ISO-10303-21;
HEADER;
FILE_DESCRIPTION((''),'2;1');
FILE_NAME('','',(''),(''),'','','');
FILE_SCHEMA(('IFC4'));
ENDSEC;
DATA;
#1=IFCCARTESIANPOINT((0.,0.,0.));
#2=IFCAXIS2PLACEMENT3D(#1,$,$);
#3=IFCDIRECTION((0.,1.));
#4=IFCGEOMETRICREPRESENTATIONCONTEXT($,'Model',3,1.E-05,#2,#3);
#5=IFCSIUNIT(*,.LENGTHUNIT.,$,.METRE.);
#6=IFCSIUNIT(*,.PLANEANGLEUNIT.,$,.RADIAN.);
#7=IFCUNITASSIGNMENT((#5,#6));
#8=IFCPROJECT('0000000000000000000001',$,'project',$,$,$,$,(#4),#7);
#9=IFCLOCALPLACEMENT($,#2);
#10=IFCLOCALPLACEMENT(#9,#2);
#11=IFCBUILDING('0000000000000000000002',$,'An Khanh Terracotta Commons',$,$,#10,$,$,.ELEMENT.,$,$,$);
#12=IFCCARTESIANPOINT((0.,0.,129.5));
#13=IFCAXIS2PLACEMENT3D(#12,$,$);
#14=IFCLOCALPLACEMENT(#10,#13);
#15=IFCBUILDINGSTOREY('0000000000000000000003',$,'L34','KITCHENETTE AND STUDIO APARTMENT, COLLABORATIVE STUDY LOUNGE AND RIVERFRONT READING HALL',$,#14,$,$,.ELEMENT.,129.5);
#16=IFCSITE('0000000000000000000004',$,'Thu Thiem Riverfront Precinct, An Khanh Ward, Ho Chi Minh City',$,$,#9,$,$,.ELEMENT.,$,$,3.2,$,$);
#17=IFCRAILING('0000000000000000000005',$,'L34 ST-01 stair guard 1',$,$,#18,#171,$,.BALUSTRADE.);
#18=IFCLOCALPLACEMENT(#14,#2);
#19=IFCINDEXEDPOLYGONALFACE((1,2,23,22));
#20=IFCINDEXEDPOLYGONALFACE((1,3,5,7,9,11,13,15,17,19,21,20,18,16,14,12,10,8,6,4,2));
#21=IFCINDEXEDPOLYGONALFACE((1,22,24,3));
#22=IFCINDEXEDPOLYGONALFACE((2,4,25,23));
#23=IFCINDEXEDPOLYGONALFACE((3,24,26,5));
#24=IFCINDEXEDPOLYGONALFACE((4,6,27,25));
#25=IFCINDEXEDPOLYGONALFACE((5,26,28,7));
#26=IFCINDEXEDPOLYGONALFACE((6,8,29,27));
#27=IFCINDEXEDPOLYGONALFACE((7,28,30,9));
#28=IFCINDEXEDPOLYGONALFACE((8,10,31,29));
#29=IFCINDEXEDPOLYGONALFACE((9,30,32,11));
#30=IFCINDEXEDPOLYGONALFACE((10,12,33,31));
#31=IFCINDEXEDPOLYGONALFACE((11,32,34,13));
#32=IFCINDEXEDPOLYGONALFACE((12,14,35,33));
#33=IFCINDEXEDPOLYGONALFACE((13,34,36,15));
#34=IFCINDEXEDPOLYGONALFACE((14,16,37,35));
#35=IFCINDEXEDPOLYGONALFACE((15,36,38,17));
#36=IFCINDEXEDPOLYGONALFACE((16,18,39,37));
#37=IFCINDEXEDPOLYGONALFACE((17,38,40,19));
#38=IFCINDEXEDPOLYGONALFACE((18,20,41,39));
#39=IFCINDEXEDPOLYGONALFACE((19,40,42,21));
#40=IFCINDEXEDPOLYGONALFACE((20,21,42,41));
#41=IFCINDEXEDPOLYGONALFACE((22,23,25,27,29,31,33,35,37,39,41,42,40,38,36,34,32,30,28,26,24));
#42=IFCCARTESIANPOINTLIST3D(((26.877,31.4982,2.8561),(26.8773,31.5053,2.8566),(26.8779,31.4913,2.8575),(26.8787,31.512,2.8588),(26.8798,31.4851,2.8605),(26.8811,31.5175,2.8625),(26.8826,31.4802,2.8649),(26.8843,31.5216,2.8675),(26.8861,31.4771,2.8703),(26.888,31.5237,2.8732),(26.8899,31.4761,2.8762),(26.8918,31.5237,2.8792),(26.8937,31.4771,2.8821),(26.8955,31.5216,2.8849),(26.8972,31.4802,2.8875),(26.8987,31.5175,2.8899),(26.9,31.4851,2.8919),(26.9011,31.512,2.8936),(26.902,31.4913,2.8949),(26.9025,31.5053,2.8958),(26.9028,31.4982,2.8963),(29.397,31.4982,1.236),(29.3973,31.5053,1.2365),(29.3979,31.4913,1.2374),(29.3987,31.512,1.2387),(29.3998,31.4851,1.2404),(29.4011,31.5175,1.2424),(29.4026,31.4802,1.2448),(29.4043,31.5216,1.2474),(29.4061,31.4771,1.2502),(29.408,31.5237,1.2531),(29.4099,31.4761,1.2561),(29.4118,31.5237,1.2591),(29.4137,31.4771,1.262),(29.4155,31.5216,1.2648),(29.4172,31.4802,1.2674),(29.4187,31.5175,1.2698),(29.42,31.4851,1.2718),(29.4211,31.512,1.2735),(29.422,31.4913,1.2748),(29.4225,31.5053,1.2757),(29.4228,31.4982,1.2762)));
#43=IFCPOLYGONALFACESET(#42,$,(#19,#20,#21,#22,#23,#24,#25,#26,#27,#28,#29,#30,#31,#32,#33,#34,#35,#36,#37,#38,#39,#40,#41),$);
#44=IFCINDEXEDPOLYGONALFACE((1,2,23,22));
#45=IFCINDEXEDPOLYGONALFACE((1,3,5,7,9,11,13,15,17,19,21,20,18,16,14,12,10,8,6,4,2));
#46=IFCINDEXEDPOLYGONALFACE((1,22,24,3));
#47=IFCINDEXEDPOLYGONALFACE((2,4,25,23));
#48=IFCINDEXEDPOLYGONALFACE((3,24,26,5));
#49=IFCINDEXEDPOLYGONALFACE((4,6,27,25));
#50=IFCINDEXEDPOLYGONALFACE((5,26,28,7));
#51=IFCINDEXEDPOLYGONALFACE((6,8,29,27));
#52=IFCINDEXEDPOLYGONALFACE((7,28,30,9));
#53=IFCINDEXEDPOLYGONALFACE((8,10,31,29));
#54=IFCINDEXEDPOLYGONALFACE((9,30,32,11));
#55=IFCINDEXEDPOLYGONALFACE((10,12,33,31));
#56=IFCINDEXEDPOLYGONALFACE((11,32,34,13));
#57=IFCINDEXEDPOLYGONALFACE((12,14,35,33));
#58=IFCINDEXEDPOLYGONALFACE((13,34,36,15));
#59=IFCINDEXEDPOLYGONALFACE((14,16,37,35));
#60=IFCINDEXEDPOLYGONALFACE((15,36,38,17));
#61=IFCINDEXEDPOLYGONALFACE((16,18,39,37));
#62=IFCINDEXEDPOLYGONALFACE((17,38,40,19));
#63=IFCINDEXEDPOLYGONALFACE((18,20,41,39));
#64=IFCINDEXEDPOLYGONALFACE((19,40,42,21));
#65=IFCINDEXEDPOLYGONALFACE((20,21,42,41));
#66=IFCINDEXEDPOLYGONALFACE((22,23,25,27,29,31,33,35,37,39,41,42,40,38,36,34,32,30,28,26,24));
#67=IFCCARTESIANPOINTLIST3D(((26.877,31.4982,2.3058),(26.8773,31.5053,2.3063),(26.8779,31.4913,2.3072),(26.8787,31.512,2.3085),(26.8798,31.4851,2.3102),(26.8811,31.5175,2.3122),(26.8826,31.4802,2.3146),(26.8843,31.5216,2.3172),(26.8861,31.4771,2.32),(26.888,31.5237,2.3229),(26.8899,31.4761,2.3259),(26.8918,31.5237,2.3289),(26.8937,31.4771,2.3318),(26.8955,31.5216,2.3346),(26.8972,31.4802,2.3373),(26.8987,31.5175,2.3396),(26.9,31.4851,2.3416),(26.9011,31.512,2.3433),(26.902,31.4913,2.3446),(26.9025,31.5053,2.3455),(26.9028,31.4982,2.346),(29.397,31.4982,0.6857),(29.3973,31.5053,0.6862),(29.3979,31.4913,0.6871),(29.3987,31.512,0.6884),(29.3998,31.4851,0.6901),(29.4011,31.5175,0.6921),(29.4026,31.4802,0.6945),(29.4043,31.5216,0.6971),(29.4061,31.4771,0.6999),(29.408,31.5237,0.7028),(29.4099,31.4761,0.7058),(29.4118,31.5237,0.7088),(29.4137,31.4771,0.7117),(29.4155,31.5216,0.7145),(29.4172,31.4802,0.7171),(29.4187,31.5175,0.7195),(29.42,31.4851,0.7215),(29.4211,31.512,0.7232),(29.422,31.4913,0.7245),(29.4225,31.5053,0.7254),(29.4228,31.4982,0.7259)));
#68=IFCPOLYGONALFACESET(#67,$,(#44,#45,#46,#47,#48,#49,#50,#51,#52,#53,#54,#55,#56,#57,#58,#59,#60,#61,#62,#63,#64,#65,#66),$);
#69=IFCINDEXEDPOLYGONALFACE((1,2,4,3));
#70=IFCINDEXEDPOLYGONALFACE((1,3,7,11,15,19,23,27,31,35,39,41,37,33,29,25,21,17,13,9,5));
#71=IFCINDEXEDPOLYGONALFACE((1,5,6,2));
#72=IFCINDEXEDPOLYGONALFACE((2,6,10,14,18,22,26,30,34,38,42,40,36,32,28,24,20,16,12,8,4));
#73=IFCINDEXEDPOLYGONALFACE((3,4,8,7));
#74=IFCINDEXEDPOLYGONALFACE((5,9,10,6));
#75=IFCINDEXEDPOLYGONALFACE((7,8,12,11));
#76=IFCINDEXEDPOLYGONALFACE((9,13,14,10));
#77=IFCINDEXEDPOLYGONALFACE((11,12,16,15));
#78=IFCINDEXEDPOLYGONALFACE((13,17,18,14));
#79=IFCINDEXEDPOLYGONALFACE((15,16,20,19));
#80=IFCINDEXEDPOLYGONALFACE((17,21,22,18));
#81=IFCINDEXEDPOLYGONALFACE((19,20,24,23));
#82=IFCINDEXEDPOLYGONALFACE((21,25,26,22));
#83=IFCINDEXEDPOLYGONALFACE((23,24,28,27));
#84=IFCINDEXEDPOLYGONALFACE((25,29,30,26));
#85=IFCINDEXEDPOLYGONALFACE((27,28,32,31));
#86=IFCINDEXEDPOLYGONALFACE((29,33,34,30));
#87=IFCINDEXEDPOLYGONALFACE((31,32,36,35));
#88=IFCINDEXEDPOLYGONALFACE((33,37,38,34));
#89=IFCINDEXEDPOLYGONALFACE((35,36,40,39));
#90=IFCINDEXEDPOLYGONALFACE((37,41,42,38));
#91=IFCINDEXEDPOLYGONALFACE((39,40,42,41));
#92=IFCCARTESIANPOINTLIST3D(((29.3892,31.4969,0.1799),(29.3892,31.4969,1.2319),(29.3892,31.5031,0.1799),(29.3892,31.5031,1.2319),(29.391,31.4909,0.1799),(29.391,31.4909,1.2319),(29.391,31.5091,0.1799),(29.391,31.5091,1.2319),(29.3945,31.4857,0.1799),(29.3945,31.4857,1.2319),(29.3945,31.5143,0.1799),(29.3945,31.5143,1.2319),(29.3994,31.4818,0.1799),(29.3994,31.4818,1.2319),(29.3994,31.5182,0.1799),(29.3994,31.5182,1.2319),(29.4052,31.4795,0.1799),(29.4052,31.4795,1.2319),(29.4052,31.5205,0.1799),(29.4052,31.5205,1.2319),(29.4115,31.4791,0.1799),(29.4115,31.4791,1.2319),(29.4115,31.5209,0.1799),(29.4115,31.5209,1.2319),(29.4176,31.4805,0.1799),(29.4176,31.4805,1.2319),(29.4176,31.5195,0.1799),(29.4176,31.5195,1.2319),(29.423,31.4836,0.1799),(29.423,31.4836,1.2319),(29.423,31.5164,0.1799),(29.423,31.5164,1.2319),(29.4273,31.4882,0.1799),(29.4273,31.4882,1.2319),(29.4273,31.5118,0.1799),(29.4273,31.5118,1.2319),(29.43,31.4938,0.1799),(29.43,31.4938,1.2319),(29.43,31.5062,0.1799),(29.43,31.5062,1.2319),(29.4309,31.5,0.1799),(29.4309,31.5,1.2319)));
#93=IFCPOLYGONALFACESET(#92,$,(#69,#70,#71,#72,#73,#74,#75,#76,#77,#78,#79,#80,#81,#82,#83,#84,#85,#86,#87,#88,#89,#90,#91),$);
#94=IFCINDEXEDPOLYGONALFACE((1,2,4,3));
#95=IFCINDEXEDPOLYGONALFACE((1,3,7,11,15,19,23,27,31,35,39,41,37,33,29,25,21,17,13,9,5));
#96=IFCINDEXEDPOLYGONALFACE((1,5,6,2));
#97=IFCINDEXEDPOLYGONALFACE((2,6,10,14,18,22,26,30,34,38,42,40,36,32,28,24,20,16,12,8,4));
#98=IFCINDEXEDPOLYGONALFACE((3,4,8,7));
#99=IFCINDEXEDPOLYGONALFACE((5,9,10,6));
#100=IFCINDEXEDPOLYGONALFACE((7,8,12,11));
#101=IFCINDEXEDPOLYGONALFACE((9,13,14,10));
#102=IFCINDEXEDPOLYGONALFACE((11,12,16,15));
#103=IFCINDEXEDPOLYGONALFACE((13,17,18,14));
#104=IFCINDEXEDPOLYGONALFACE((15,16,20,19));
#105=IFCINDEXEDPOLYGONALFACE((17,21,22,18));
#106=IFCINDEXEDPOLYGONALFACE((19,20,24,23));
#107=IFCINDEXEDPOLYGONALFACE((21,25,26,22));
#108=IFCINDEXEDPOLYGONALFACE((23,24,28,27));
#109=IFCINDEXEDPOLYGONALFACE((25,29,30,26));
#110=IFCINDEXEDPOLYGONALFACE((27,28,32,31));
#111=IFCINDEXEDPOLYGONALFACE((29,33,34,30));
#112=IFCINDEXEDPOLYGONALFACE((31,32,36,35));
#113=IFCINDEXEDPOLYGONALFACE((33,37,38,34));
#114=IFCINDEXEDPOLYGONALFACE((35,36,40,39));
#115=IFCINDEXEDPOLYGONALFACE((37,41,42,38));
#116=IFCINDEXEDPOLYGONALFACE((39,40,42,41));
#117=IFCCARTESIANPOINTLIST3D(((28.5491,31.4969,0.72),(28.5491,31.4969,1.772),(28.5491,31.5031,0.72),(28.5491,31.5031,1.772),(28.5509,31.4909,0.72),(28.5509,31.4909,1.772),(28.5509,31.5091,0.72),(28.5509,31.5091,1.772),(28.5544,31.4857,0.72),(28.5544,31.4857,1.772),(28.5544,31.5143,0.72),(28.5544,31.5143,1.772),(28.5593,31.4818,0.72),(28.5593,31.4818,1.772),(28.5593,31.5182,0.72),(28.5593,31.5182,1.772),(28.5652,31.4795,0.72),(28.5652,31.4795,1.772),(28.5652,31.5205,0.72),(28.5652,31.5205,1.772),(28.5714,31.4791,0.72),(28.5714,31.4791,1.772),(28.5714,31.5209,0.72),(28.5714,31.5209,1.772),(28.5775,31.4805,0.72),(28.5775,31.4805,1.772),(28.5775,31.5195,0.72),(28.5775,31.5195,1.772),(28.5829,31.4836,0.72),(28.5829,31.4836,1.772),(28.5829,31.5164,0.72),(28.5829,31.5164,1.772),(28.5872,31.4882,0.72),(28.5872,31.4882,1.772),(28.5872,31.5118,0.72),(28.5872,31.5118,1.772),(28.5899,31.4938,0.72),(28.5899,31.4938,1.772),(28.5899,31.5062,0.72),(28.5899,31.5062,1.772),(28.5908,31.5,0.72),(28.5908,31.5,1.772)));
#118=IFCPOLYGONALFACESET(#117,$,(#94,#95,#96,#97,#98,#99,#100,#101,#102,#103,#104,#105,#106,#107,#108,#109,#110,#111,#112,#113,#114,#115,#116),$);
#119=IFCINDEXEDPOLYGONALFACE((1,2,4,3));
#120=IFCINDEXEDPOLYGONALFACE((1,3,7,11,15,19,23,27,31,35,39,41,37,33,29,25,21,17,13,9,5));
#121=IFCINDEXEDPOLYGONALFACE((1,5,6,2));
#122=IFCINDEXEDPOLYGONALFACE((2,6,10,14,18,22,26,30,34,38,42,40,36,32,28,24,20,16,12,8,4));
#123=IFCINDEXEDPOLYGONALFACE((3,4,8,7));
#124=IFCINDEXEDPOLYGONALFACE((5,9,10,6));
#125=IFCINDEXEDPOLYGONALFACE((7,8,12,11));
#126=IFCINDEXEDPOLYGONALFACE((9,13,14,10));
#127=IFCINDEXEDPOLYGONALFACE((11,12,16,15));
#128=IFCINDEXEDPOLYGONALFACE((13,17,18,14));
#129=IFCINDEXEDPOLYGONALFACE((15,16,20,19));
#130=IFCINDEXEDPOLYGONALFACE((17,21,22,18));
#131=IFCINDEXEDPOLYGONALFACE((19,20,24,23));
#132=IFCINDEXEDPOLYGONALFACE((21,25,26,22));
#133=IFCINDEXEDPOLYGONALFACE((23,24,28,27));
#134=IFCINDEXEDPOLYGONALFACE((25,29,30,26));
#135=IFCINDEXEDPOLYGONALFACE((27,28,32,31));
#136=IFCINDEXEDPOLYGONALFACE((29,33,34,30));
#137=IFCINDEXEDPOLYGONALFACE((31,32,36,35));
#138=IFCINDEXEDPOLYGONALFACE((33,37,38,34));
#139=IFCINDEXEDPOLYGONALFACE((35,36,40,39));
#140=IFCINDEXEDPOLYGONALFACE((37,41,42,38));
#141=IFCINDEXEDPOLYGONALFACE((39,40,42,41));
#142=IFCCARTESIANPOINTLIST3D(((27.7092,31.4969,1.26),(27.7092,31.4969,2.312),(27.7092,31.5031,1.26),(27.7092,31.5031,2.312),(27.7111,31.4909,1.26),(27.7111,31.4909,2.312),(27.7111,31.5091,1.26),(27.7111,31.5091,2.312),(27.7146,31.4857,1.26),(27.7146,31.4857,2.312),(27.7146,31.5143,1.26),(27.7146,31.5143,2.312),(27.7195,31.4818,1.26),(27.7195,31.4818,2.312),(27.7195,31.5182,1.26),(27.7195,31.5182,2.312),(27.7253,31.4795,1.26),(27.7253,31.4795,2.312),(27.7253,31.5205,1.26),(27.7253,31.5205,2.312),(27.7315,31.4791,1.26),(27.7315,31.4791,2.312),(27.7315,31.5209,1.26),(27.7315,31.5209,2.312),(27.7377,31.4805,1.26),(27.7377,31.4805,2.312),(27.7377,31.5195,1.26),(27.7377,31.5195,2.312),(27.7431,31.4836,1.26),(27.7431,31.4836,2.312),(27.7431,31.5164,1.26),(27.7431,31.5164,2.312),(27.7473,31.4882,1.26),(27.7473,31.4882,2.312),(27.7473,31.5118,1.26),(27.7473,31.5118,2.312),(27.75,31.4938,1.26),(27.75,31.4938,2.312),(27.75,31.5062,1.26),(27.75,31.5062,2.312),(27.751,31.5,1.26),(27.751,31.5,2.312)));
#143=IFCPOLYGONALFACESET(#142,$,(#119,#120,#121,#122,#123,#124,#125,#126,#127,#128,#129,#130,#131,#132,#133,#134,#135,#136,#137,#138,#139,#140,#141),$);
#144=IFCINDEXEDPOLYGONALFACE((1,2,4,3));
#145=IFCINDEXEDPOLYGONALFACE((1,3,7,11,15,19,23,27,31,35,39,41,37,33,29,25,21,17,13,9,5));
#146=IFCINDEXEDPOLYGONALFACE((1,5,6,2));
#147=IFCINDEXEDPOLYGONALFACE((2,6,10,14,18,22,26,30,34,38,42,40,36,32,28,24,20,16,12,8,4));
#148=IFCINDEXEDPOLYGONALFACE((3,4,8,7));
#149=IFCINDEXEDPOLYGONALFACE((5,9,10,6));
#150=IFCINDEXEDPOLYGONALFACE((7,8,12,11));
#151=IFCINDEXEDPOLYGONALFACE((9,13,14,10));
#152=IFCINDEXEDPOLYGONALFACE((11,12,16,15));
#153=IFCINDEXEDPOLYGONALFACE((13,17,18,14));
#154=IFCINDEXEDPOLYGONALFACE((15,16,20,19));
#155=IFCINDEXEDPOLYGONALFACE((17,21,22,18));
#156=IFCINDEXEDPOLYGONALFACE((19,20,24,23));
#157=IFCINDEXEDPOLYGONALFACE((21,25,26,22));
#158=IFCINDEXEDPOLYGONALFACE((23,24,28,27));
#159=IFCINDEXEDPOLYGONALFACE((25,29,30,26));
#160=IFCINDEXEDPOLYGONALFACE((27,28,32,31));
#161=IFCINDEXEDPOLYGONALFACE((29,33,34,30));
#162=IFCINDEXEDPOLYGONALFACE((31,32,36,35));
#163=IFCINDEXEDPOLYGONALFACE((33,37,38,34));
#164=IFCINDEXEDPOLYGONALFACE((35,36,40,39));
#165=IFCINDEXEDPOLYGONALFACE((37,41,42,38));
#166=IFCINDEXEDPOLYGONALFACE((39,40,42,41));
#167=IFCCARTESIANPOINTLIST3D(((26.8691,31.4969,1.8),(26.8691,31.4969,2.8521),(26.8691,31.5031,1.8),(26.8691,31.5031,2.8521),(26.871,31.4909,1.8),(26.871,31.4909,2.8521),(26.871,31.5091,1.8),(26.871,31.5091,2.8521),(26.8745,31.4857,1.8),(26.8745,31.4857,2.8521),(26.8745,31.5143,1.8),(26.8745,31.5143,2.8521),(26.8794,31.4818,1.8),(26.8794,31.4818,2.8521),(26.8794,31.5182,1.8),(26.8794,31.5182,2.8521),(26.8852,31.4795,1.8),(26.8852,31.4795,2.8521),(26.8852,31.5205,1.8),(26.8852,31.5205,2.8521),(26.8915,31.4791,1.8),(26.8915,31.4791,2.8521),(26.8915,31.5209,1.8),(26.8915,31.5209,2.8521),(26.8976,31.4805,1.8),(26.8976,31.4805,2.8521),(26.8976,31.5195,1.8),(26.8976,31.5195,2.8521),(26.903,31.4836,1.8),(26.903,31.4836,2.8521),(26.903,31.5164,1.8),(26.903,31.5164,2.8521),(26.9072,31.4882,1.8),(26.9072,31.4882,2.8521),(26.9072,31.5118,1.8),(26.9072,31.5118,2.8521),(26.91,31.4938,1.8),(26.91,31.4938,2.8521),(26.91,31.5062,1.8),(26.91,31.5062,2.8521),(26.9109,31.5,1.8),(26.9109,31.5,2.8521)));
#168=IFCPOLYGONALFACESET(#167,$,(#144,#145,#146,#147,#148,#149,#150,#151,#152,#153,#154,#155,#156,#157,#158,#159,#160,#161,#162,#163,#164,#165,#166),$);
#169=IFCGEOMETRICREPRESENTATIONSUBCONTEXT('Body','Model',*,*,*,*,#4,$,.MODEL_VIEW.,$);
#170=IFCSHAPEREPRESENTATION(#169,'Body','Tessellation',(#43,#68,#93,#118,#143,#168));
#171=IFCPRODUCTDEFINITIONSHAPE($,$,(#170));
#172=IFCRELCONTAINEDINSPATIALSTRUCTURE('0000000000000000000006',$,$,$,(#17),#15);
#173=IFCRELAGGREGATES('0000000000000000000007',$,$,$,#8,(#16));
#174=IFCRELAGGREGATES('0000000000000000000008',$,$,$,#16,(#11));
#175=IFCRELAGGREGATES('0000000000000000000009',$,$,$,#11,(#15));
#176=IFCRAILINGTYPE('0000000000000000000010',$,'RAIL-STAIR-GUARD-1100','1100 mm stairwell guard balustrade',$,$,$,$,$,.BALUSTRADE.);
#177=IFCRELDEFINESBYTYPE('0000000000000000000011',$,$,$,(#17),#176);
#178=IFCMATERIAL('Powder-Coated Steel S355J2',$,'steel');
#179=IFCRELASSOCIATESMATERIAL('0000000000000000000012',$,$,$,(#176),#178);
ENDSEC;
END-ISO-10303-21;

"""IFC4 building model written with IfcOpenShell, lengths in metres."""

from ifc_helpers import new_model, si_unit, direction, frame, origin, origin_2d, place, context, subcontext, project, spatial, circle, extrude, material, type_object, element, save


model = new_model("IFC4")

# Units and contexts
model_context = context("Model", 3, precision=1e-05, world=origin(), true_north=direction((0.0, 1.0)))
body_context = subcontext(model_context, "Body", "Model", "MODEL_VIEW")
ifc_project = project(units=[si_unit("LENGTHUNIT", "METRE"), si_unit("PLANEANGLEUNIT", "RADIAN")], contexts=[model_context])

# Site, building, storey
site_placement = place(None, origin())
site = spatial("IfcSite", under=ifc_project, at=site_placement, Name="Thu Thiem Riverfront Precinct, An Khanh Ward, Ho Chi Minh City", CompositionType="ELEMENT", RefElevation=3.2)
building_placement = place(site_placement, origin())
building = spatial("IfcBuilding", under=site, at=building_placement, Name="An Khanh Terracotta Commons", CompositionType="ELEMENT")
storey_placement = place(building_placement, frame((0.0, 0.0, 129.5)))
storey = spatial("IfcBuildingStorey", under=building, at=storey_placement, Name="L34", Description="KITCHENETTE AND STUDIO APARTMENT, COLLABORATIVE STUDY LOUNGE AND RIVERFRONT READING HALL", CompositionType="ELEMENT", Elevation=129.5)

# Railing
ifc_material_1 = material(Name="Powder-Coated Steel S355J2", Category="steel")
railing_type_1 = type_object("IfcRailingType", Name="RAIL-STAIR-GUARD-1100", Description="1100 mm stairwell guard balustrade", PredefinedType="BALUSTRADE", material=ifc_material_1)
railing_1_placement = place(storey_placement, frame((29.4099, 31.5, 0.1799)))
element("IfcRailing", 1, at=railing_1_placement, inside=storey, type_object=railing_type_1, Name="L34 ST-01 stair guard 1", PredefinedType="BALUSTRADE", context=body_context, shape_type="SweptSolid", body=[
    extrude(circle(Radius=0.0239, at=origin_2d()), frame((0.0, 0.0, 1.0762), z_axis=(-0.841163, 0.0, 0.540782), x_axis=(0.0, -1.0, 0.0)), (0.0, 0.0, 1.0), 2.9958),
    extrude(circle(Radius=0.0239, at=origin_2d()), frame((0.0, 0.0, 0.5259), z_axis=(-0.841163, 0.0, 0.540782), x_axis=(0.0, -1.0, 0.0)), (0.0, 0.0, 1.0), 2.9958),
    extrude(circle(Radius=0.021, at=origin_2d()), origin(), (0.0, 0.0, 1.0), 1.052),
    extrude(circle(Radius=0.021, at=origin_2d()), frame((-0.8401, 0.0, 0.54)), (0.0, 0.0, 1.0), 1.052),
    extrude(circle(Radius=0.021, at=origin_2d()), frame((-1.6799, 0.0, 1.0801)), (0.0, 0.0, 1.0), 1.052),
    extrude(circle(Radius=0.021, at=origin_2d()), frame((-2.52, 0.0, 1.6201)), (0.0, 0.0, 1.0), 1.052),
])

save(model, "model.ifc")
